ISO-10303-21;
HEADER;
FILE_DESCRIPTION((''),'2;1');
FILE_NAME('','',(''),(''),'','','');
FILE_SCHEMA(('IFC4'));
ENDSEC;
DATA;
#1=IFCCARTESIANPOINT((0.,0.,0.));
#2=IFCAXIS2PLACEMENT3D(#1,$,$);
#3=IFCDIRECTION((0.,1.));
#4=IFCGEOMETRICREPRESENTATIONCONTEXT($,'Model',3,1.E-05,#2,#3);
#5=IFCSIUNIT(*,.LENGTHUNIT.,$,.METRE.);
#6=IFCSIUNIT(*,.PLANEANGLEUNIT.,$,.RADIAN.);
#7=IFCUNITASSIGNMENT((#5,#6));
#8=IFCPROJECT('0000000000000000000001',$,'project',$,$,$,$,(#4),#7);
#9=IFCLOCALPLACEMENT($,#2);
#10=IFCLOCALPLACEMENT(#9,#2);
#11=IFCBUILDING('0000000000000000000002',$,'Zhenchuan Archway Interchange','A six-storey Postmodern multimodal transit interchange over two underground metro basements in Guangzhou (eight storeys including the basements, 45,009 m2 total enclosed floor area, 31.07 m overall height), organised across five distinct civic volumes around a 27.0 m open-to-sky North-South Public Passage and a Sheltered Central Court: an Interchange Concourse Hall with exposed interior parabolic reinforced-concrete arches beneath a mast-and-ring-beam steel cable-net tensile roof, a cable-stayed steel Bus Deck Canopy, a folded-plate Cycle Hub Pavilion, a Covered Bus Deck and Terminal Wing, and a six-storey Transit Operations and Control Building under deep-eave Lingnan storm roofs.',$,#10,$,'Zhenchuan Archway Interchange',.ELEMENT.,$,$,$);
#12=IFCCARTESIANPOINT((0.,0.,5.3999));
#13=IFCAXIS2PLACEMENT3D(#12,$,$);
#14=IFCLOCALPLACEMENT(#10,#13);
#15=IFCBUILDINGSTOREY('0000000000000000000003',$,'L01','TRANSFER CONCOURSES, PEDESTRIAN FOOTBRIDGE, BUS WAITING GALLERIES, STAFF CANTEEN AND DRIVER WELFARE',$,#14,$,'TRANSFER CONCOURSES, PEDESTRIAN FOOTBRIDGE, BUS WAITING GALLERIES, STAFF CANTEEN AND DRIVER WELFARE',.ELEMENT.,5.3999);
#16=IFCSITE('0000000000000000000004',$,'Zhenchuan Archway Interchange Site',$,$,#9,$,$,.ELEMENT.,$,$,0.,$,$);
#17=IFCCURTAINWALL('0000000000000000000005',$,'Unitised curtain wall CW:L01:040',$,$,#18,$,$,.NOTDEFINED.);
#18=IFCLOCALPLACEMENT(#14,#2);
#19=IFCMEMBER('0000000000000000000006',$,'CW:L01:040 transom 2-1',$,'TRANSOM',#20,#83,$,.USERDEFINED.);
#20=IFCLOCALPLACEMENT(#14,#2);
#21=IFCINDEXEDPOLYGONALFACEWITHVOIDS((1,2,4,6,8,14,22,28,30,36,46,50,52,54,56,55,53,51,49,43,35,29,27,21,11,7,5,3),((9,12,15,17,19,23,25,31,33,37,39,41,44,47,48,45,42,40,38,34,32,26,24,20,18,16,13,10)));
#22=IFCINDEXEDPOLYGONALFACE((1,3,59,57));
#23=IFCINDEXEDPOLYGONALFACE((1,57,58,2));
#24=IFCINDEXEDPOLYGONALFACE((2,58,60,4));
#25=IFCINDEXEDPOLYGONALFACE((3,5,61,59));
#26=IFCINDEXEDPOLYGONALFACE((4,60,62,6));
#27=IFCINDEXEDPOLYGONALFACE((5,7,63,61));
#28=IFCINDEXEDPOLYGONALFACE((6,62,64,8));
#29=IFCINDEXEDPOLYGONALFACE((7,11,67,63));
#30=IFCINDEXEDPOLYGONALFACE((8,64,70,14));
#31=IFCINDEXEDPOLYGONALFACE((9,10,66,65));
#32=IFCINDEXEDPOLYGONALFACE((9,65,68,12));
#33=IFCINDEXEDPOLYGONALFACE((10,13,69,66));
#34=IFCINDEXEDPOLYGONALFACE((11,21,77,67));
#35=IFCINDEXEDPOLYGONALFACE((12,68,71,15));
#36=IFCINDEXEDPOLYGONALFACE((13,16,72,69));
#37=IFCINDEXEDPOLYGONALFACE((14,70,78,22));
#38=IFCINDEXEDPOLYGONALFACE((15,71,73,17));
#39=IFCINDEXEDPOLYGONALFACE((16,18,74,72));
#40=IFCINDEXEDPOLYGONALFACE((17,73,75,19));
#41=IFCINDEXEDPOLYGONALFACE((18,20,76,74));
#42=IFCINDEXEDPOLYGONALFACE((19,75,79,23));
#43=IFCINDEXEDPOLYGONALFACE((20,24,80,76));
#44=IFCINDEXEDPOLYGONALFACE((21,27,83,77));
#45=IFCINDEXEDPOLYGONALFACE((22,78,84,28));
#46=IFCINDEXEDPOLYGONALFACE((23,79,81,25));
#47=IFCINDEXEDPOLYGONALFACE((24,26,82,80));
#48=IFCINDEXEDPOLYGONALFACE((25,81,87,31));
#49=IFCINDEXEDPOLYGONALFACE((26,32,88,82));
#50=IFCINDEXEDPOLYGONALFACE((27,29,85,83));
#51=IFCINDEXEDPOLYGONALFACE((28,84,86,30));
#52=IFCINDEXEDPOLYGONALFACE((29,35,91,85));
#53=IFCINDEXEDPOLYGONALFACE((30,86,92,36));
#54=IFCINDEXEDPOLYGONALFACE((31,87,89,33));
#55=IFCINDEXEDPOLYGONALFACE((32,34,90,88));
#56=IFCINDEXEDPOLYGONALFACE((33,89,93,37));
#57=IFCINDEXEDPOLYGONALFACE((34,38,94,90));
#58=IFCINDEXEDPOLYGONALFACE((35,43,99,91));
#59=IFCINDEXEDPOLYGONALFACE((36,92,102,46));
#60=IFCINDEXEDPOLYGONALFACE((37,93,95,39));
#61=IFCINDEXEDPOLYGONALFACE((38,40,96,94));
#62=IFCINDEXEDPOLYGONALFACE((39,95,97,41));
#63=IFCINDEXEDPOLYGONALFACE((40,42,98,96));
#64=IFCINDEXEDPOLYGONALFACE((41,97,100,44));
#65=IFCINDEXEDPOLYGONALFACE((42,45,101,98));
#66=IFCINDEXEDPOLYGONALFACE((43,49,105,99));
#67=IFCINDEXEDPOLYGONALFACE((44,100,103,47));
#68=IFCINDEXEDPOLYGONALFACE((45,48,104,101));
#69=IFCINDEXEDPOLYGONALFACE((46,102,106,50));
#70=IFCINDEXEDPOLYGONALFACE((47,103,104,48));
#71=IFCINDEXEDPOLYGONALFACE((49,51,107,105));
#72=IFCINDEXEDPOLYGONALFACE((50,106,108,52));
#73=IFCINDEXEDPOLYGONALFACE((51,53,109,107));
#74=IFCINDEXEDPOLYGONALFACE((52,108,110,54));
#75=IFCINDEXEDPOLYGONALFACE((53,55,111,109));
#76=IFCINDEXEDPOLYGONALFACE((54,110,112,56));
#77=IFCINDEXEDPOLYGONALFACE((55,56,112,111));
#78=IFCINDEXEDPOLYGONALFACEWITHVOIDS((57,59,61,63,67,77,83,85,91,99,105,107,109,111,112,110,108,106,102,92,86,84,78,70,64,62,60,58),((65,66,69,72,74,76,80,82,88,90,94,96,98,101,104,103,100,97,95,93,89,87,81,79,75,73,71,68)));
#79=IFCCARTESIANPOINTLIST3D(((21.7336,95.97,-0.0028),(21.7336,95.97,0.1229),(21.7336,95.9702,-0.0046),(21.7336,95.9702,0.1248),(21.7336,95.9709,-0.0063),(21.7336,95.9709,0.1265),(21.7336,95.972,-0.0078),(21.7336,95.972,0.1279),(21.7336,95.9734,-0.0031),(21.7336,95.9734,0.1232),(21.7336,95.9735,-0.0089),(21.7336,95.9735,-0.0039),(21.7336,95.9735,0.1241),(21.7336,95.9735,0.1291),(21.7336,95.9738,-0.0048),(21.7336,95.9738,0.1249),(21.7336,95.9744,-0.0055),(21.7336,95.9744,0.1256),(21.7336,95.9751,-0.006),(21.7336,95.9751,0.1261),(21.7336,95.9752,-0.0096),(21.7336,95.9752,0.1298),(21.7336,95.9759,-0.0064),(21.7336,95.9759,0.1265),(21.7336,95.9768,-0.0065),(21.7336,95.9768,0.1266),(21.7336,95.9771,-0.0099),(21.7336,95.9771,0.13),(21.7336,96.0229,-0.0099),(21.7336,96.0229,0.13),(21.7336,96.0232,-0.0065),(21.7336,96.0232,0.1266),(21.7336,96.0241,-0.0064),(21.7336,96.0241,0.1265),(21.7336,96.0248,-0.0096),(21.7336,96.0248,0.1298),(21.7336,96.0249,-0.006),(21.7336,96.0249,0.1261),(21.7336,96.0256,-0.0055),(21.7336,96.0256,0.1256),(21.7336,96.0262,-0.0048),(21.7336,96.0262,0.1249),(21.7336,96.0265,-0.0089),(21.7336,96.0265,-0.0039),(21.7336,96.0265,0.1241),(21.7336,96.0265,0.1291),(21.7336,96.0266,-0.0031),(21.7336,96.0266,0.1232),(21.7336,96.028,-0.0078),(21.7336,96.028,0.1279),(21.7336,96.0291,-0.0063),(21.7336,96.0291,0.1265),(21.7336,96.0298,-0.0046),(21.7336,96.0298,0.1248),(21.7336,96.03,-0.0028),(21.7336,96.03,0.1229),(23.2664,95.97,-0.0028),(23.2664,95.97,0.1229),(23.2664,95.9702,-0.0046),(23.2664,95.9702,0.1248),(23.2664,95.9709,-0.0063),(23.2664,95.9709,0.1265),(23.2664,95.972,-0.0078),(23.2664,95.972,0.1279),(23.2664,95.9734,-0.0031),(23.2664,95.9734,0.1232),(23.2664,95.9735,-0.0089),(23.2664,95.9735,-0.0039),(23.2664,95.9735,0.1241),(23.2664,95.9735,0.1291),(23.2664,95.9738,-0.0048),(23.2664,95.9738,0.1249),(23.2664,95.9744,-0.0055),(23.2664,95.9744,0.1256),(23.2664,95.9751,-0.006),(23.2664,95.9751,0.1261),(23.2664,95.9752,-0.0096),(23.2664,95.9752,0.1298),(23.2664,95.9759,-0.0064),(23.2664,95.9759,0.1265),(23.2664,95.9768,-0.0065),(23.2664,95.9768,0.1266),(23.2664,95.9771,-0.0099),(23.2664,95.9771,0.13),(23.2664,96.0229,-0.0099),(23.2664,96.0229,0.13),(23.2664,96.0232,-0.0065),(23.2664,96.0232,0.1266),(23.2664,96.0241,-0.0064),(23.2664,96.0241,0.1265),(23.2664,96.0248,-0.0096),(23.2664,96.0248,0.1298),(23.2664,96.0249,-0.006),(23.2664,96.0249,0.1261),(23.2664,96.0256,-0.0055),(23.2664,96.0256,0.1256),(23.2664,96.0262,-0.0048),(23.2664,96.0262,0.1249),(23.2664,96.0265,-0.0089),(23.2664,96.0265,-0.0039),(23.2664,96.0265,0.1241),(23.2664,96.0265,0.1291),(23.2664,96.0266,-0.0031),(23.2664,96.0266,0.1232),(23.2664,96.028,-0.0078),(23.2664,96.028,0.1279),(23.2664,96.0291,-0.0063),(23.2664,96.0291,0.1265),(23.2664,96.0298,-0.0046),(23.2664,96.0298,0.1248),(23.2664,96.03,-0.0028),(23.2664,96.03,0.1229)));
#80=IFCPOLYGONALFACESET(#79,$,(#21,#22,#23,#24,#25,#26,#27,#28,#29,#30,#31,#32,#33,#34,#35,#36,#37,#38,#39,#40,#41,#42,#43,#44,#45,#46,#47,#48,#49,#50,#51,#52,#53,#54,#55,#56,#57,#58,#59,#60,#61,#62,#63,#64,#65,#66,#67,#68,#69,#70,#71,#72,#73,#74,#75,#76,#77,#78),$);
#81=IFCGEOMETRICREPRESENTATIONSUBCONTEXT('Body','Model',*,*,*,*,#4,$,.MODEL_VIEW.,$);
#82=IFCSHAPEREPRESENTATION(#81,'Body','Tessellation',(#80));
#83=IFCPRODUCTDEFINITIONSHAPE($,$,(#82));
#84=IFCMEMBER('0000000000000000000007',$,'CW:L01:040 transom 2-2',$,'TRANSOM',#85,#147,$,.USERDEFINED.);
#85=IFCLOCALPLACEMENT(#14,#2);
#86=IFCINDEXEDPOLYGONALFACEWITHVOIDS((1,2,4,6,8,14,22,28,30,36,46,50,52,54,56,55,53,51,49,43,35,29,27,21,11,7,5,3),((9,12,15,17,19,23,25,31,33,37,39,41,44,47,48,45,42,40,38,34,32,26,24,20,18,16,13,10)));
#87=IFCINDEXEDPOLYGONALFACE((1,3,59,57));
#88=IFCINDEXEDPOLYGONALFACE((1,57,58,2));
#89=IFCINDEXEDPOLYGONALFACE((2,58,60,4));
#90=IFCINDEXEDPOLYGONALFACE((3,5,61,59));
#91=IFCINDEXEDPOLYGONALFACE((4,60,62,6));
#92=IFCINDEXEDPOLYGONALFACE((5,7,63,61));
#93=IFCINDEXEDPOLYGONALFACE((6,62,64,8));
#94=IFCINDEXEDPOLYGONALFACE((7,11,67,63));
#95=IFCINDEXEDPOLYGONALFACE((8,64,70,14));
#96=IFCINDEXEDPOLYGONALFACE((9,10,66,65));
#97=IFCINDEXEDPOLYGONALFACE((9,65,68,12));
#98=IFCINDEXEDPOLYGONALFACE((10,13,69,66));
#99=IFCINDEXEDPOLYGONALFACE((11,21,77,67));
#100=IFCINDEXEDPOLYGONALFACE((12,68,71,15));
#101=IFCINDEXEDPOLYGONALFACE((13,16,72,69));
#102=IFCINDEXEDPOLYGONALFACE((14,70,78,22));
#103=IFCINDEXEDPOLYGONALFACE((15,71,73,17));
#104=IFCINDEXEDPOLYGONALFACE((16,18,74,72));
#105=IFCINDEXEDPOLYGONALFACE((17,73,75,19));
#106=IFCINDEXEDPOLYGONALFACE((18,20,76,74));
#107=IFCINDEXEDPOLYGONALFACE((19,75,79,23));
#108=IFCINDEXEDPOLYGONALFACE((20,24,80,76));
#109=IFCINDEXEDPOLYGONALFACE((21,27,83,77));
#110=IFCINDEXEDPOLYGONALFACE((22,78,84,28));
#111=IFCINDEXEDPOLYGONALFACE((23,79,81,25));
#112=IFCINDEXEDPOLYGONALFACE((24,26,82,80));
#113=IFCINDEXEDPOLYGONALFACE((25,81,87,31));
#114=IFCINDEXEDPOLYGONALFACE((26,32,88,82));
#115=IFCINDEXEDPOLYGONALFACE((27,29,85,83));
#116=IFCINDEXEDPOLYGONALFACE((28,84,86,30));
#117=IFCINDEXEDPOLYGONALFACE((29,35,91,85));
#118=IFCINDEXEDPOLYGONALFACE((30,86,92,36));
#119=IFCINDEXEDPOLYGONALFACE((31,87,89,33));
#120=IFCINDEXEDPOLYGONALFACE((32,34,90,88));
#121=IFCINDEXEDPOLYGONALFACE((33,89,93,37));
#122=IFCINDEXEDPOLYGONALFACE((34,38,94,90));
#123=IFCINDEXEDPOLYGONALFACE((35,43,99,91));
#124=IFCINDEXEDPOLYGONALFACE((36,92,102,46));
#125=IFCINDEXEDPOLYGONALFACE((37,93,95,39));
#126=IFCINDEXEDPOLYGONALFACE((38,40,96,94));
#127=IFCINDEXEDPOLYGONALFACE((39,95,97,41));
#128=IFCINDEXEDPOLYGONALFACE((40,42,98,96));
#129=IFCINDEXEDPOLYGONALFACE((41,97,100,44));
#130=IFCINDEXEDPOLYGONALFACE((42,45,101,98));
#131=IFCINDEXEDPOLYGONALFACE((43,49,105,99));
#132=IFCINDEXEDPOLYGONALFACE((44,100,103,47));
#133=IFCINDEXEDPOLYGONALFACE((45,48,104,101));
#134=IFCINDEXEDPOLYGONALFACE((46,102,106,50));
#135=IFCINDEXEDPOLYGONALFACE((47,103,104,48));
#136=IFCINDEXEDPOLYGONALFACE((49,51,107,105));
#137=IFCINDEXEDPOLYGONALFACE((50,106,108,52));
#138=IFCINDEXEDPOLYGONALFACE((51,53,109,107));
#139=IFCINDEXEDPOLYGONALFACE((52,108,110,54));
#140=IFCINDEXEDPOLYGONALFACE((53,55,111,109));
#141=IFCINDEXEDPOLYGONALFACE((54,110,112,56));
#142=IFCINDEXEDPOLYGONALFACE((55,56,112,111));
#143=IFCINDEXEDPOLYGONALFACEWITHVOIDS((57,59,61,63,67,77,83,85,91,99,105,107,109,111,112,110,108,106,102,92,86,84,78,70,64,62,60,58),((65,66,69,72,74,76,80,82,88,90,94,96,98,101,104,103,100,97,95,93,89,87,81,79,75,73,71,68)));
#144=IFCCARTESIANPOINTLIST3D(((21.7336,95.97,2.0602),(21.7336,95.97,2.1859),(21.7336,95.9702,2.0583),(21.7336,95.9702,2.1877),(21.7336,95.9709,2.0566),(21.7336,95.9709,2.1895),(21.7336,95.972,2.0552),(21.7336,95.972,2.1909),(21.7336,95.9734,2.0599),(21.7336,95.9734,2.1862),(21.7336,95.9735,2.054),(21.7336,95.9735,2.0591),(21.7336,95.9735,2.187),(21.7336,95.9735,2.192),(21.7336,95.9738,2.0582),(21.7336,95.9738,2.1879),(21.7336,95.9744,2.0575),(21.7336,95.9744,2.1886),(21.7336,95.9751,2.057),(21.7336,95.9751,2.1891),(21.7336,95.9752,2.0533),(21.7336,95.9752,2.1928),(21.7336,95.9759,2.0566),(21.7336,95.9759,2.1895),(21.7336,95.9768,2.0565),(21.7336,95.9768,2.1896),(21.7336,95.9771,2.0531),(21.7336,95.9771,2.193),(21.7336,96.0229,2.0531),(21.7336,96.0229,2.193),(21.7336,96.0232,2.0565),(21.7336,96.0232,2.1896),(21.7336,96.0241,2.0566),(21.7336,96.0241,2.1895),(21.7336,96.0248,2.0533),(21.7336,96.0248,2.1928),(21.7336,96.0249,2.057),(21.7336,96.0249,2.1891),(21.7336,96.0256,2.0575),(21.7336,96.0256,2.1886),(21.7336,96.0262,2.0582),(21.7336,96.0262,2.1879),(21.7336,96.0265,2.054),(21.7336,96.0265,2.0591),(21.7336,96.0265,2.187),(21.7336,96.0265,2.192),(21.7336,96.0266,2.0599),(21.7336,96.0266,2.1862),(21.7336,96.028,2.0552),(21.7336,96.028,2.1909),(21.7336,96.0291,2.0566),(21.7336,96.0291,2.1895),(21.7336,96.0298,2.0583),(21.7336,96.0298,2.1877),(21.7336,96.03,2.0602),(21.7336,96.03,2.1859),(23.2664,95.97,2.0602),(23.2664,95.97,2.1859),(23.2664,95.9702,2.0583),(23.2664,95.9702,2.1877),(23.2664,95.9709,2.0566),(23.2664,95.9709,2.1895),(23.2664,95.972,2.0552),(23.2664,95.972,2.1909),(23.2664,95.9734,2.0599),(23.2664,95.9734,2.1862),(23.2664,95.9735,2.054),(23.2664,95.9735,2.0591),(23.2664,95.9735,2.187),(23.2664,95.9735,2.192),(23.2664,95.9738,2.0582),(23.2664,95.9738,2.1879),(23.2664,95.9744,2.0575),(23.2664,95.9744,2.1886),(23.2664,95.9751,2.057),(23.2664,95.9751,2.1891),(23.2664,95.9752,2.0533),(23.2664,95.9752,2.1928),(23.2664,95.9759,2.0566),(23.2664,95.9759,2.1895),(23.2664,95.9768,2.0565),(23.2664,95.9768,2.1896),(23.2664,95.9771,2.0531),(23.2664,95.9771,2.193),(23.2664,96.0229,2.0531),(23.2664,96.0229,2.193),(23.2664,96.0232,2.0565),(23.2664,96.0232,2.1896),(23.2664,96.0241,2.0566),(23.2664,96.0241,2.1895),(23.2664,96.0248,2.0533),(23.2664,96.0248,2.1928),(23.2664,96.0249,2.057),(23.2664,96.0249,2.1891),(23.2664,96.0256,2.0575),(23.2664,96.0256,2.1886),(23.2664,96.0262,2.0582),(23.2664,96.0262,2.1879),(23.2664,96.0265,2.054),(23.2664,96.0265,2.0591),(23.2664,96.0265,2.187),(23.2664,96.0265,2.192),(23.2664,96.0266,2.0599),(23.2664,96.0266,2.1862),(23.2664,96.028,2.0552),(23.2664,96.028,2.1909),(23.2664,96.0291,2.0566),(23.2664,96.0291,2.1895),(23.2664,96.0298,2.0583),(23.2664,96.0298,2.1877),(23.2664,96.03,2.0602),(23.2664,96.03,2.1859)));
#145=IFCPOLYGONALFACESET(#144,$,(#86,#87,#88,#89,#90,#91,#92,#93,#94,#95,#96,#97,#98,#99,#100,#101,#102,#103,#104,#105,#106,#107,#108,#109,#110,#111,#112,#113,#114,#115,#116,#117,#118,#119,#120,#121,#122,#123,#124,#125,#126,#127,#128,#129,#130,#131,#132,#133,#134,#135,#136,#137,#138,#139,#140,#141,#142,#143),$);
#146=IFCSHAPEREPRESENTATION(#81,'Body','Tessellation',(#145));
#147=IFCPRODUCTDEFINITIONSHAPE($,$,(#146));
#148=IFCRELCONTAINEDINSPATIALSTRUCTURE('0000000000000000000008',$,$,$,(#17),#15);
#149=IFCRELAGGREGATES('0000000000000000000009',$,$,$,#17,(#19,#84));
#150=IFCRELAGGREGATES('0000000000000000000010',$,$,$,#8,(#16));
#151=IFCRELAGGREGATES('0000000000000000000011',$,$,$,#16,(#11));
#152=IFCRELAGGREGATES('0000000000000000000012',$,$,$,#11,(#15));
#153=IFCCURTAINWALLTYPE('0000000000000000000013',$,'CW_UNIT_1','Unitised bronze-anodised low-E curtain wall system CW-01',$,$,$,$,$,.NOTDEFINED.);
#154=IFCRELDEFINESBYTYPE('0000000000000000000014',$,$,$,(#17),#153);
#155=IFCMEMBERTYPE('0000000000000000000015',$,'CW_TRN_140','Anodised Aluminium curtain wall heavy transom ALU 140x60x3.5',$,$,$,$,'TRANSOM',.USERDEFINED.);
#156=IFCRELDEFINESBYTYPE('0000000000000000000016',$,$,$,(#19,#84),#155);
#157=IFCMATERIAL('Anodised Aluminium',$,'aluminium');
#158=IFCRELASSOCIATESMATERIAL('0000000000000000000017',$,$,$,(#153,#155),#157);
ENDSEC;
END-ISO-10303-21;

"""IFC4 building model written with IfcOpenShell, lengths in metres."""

from ifc_helpers import new_model, si_unit, direction, frame, origin, origin_2d, place, context, subcontext, project, spatial, hollow_rectangle, extrude, material, material_profile, profile_set, type_object, element, aggregate, save


model = new_model("IFC4")

# Units and contexts
model_context = context("Model", 3, precision=1e-05, world=origin(), true_north=direction((0.0, 1.0)))
body_context = subcontext(model_context, "Body", "Model", "MODEL_VIEW")
ifc_project = project(units=[si_unit("LENGTHUNIT", "METRE"), si_unit("PLANEANGLEUNIT", "RADIAN")], contexts=[model_context])

# Site, building, storey
site_placement = place(None, origin())
site = spatial("IfcSite", under=ifc_project, at=site_placement, Name="Zhenchuan Archway Interchange Site", CompositionType="ELEMENT", RefElevation=0.0)
building_placement = place(site_placement, origin())
building = spatial("IfcBuilding", under=site, at=building_placement, Name="Zhenchuan Archway Interchange", Description="A six-storey Postmodern multimodal transit interchange over two underground metro basements in Guangzhou (eight storeys including the basements, 45,009 m2 total enclosed floor area, 31.07 m overall height), organised across five distinct civic volumes around a 27.0 m open-to-sky North-South Public Passage and a Sheltered Central Court: an Interchange Concourse Hall with exposed interior parabolic reinforced-concrete arches beneath a mast-and-ring-beam steel cable-net tensile roof, a cable-stayed steel Bus Deck Canopy, a folded-plate Cycle Hub Pavilion, a Covered Bus Deck and Terminal Wing, and a six-storey Transit Operations and Control Building under deep-eave Lingnan storm roofs.", LongName="Zhenchuan Archway Interchange", CompositionType="ELEMENT")
storey_placement = place(building_placement, frame((0.0, 0.0, 5.3999)))
storey = spatial("IfcBuildingStorey", under=building, at=storey_placement, Name="L01", Description="TRANSFER CONCOURSES, PEDESTRIAN FOOTBRIDGE, BUS WAITING GALLERIES, STAFF CANTEEN AND DRIVER WELFARE", LongName="TRANSFER CONCOURSES, PEDESTRIAN FOOTBRIDGE, BUS WAITING GALLERIES, STAFF CANTEEN AND DRIVER WELFARE", CompositionType="ELEMENT", Elevation=5.3999)

# Curtain wall, members
ifc_material_1 = material(Name="Anodised Aluminium", Category="aluminium")
curtain_wall_type = type_object("IfcCurtainWallType", Name="CW_UNIT_1", Description="Unitised bronze-anodised low-E curtain wall system CW-01", PredefinedType="NOTDEFINED", material=ifc_material_1)
curtain_wall_placement = place(storey_placement, origin())
curtain_wall = element("IfcCurtainWall", 1, at=curtain_wall_placement, inside=storey, type_object=curtain_wall_type, Name="Unitised curtain wall CW:L01:040", PredefinedType="NOTDEFINED")
ifc_material_profile_1 = material_profile(ifc_material_1, hollow_rectangle(XDim=0.0601, YDim=0.1399, WallThickness=0.0034, InnerFilletRadius=0.0034, OuterFilletRadius=0.0071, at=origin_2d()), Name="ALU 140x60x3.5")
ifc_profile_set_1 = profile_set([ifc_material_profile_1], Name="Anodised Aluminium")
member_type_1 = type_object("IfcMemberType", Name="CW_TRN_140", Description="Anodised Aluminium curtain wall heavy transom ALU 140x60x3.5", ElementType="TRANSOM", PredefinedType="USERDEFINED", material=ifc_profile_set_1)
member_1_placement = place(storey_placement, frame((23.2664, 96.0, 0.0601), z_axis=(-1.0, 0.0, 0.0), x_axis=(0.0, -1.0, 0.0)))
member_1 = element("IfcMember", 2, at=member_1_placement, type_object=member_type_1, Name="CW:L01:040 transom 2-1", ObjectType="TRANSOM", PredefinedType="USERDEFINED", context=body_context, shape_type="SweptSolid", body=[
    extrude(hollow_rectangle(XDim=0.0601, YDim=0.1399, WallThickness=0.0034, InnerFilletRadius=0.0034, OuterFilletRadius=0.0071, at=origin_2d()), origin(), (0.0, 0.0, 1.0), 1.5327),
])
member_2_placement = place(storey_placement, frame((23.2664, 96.0, 2.123), z_axis=(-1.0, 0.0, 0.0), x_axis=(0.0, -1.0, 0.0)))
member_2 = element("IfcMember", 3, at=member_2_placement, type_object=member_type_1, Name="CW:L01:040 transom 2-2", ObjectType="TRANSOM", PredefinedType="USERDEFINED", context=body_context, shape_type="SweptSolid", body=[
    extrude(hollow_rectangle(XDim=0.0601, YDim=0.1399, WallThickness=0.0034, InnerFilletRadius=0.0034, OuterFilletRadius=0.0071, at=origin_2d()), origin(), (0.0, 0.0, 1.0), 1.5327),
])

aggregate(curtain_wall, [member_1, member_2])

save(model, "model.ifc")
